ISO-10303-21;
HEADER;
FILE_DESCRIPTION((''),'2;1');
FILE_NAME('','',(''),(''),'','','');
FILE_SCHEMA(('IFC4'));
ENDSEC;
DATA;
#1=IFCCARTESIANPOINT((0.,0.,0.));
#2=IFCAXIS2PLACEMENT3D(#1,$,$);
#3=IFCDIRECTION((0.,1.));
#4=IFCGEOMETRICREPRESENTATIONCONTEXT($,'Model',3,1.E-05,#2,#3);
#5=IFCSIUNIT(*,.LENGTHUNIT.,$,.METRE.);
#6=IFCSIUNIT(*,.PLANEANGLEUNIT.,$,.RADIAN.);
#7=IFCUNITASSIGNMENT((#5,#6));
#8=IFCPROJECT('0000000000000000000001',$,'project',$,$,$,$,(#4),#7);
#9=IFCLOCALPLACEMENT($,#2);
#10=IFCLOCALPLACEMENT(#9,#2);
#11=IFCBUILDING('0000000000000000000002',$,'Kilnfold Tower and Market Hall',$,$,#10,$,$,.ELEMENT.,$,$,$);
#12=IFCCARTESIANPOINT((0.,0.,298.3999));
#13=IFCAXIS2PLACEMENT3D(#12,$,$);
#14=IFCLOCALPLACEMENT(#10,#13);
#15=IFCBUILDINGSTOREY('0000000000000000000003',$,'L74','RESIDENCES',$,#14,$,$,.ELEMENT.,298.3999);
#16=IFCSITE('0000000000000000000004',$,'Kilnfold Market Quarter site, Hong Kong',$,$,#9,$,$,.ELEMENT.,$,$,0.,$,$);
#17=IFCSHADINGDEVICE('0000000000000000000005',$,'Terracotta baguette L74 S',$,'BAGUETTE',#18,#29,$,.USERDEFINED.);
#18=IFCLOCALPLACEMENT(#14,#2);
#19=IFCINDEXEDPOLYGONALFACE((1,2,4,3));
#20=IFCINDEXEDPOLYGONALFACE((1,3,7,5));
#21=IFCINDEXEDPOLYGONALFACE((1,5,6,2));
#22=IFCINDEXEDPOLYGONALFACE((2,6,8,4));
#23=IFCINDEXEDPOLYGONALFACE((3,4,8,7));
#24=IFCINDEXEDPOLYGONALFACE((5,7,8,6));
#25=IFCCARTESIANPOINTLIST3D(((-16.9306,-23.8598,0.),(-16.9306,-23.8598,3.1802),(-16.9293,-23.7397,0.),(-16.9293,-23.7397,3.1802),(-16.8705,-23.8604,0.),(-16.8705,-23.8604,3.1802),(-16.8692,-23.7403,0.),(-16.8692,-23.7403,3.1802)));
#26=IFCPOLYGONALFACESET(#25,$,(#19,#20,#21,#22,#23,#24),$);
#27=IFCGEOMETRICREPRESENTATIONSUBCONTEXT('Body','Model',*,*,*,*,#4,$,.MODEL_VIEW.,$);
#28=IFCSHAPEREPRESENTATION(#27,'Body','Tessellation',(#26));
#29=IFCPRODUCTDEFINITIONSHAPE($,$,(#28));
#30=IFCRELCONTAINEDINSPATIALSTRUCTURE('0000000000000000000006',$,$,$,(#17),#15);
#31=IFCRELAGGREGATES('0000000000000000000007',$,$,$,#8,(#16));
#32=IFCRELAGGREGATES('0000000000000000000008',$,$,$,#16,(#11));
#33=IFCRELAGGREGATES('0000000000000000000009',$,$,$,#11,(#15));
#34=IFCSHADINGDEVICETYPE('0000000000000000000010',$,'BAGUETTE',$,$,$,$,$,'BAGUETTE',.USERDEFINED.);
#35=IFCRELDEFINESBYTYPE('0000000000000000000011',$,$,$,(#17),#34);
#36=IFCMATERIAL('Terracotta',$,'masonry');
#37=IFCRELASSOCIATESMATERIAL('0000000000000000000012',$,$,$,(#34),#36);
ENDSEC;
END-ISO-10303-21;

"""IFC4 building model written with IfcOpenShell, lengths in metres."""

from ifc_helpers import new_model, si_unit, direction, frame, origin, origin_2d, place, context, subcontext, project, spatial, rectangle, extrude, source, transform, mapped, material, material_profile, profile_set, type_object, element, save


model = new_model("IFC4")

# Units and contexts
model_context = context("Model", 3, precision=1e-05, world=origin(), true_north=direction((0.0, 1.0)))
body_context = subcontext(model_context, "Body", "Model", "MODEL_VIEW")
ifc_project = project(units=[si_unit("LENGTHUNIT", "METRE"), si_unit("PLANEANGLEUNIT", "RADIAN")], contexts=[model_context])

# Site, building, storey
site_placement = place(None, origin())
site = spatial("IfcSite", under=ifc_project, at=site_placement, Name="Kilnfold Market Quarter site, Hong Kong", CompositionType="ELEMENT", RefElevation=0.0)
building_placement = place(site_placement, origin())
building = spatial("IfcBuilding", under=site, at=building_placement, Name="Kilnfold Tower and Market Hall", CompositionType="ELEMENT")
storey_placement = place(building_placement, frame((0.0, 0.0, 298.3999)))
storey = spatial("IfcBuildingStorey", under=building, at=storey_placement, Name="L74", Description="RESIDENCES", CompositionType="ELEMENT", Elevation=298.3999)

# Shading device
ifc_material_1 = material(Name="Terracotta", Category="masonry")
ifc_material_profile_1 = material_profile(ifc_material_1, rectangle(XDim=0.0601, YDim=0.1201, at=origin_2d()), Name="BAG 60x120")
ifc_profile_set_1 = profile_set([ifc_material_profile_1], Name="Terracotta")
shading_device_type = type_object("IfcShadingDeviceType", Name="BAGUETTE", ElementType="BAGUETTE", PredefinedType="USERDEFINED", material=ifc_profile_set_1)
shared_shape_1 = source(origin(), body_context, "Body", "SweptSolid", [
    extrude(rectangle(XDim=0.0601, YDim=0.1201, at=origin_2d()), origin(), (0.0, 0.0, 1.0), 3.1802),
])
for number, where, z_axis, x_axis, name in (
    (1, (-16.8999, -23.8, 0.0), (0.0, 0.0, 1.0), (0.999942, -0.010767, 0.0), "Terracotta baguette L74 S"),
):
    element("IfcShadingDevice", number, at=place(storey_placement, frame(where, z_axis=z_axis, x_axis=x_axis)), inside=storey, type_object=shading_device_type, Name=name, ObjectType="BAGUETTE", PredefinedType="USERDEFINED", context=body_context, shape_type="MappedRepresentation", body=[
        mapped(shared_shape_1, transform((0.0, 0.0, 0.0))),
    ])

save(model, "model.ifc")
